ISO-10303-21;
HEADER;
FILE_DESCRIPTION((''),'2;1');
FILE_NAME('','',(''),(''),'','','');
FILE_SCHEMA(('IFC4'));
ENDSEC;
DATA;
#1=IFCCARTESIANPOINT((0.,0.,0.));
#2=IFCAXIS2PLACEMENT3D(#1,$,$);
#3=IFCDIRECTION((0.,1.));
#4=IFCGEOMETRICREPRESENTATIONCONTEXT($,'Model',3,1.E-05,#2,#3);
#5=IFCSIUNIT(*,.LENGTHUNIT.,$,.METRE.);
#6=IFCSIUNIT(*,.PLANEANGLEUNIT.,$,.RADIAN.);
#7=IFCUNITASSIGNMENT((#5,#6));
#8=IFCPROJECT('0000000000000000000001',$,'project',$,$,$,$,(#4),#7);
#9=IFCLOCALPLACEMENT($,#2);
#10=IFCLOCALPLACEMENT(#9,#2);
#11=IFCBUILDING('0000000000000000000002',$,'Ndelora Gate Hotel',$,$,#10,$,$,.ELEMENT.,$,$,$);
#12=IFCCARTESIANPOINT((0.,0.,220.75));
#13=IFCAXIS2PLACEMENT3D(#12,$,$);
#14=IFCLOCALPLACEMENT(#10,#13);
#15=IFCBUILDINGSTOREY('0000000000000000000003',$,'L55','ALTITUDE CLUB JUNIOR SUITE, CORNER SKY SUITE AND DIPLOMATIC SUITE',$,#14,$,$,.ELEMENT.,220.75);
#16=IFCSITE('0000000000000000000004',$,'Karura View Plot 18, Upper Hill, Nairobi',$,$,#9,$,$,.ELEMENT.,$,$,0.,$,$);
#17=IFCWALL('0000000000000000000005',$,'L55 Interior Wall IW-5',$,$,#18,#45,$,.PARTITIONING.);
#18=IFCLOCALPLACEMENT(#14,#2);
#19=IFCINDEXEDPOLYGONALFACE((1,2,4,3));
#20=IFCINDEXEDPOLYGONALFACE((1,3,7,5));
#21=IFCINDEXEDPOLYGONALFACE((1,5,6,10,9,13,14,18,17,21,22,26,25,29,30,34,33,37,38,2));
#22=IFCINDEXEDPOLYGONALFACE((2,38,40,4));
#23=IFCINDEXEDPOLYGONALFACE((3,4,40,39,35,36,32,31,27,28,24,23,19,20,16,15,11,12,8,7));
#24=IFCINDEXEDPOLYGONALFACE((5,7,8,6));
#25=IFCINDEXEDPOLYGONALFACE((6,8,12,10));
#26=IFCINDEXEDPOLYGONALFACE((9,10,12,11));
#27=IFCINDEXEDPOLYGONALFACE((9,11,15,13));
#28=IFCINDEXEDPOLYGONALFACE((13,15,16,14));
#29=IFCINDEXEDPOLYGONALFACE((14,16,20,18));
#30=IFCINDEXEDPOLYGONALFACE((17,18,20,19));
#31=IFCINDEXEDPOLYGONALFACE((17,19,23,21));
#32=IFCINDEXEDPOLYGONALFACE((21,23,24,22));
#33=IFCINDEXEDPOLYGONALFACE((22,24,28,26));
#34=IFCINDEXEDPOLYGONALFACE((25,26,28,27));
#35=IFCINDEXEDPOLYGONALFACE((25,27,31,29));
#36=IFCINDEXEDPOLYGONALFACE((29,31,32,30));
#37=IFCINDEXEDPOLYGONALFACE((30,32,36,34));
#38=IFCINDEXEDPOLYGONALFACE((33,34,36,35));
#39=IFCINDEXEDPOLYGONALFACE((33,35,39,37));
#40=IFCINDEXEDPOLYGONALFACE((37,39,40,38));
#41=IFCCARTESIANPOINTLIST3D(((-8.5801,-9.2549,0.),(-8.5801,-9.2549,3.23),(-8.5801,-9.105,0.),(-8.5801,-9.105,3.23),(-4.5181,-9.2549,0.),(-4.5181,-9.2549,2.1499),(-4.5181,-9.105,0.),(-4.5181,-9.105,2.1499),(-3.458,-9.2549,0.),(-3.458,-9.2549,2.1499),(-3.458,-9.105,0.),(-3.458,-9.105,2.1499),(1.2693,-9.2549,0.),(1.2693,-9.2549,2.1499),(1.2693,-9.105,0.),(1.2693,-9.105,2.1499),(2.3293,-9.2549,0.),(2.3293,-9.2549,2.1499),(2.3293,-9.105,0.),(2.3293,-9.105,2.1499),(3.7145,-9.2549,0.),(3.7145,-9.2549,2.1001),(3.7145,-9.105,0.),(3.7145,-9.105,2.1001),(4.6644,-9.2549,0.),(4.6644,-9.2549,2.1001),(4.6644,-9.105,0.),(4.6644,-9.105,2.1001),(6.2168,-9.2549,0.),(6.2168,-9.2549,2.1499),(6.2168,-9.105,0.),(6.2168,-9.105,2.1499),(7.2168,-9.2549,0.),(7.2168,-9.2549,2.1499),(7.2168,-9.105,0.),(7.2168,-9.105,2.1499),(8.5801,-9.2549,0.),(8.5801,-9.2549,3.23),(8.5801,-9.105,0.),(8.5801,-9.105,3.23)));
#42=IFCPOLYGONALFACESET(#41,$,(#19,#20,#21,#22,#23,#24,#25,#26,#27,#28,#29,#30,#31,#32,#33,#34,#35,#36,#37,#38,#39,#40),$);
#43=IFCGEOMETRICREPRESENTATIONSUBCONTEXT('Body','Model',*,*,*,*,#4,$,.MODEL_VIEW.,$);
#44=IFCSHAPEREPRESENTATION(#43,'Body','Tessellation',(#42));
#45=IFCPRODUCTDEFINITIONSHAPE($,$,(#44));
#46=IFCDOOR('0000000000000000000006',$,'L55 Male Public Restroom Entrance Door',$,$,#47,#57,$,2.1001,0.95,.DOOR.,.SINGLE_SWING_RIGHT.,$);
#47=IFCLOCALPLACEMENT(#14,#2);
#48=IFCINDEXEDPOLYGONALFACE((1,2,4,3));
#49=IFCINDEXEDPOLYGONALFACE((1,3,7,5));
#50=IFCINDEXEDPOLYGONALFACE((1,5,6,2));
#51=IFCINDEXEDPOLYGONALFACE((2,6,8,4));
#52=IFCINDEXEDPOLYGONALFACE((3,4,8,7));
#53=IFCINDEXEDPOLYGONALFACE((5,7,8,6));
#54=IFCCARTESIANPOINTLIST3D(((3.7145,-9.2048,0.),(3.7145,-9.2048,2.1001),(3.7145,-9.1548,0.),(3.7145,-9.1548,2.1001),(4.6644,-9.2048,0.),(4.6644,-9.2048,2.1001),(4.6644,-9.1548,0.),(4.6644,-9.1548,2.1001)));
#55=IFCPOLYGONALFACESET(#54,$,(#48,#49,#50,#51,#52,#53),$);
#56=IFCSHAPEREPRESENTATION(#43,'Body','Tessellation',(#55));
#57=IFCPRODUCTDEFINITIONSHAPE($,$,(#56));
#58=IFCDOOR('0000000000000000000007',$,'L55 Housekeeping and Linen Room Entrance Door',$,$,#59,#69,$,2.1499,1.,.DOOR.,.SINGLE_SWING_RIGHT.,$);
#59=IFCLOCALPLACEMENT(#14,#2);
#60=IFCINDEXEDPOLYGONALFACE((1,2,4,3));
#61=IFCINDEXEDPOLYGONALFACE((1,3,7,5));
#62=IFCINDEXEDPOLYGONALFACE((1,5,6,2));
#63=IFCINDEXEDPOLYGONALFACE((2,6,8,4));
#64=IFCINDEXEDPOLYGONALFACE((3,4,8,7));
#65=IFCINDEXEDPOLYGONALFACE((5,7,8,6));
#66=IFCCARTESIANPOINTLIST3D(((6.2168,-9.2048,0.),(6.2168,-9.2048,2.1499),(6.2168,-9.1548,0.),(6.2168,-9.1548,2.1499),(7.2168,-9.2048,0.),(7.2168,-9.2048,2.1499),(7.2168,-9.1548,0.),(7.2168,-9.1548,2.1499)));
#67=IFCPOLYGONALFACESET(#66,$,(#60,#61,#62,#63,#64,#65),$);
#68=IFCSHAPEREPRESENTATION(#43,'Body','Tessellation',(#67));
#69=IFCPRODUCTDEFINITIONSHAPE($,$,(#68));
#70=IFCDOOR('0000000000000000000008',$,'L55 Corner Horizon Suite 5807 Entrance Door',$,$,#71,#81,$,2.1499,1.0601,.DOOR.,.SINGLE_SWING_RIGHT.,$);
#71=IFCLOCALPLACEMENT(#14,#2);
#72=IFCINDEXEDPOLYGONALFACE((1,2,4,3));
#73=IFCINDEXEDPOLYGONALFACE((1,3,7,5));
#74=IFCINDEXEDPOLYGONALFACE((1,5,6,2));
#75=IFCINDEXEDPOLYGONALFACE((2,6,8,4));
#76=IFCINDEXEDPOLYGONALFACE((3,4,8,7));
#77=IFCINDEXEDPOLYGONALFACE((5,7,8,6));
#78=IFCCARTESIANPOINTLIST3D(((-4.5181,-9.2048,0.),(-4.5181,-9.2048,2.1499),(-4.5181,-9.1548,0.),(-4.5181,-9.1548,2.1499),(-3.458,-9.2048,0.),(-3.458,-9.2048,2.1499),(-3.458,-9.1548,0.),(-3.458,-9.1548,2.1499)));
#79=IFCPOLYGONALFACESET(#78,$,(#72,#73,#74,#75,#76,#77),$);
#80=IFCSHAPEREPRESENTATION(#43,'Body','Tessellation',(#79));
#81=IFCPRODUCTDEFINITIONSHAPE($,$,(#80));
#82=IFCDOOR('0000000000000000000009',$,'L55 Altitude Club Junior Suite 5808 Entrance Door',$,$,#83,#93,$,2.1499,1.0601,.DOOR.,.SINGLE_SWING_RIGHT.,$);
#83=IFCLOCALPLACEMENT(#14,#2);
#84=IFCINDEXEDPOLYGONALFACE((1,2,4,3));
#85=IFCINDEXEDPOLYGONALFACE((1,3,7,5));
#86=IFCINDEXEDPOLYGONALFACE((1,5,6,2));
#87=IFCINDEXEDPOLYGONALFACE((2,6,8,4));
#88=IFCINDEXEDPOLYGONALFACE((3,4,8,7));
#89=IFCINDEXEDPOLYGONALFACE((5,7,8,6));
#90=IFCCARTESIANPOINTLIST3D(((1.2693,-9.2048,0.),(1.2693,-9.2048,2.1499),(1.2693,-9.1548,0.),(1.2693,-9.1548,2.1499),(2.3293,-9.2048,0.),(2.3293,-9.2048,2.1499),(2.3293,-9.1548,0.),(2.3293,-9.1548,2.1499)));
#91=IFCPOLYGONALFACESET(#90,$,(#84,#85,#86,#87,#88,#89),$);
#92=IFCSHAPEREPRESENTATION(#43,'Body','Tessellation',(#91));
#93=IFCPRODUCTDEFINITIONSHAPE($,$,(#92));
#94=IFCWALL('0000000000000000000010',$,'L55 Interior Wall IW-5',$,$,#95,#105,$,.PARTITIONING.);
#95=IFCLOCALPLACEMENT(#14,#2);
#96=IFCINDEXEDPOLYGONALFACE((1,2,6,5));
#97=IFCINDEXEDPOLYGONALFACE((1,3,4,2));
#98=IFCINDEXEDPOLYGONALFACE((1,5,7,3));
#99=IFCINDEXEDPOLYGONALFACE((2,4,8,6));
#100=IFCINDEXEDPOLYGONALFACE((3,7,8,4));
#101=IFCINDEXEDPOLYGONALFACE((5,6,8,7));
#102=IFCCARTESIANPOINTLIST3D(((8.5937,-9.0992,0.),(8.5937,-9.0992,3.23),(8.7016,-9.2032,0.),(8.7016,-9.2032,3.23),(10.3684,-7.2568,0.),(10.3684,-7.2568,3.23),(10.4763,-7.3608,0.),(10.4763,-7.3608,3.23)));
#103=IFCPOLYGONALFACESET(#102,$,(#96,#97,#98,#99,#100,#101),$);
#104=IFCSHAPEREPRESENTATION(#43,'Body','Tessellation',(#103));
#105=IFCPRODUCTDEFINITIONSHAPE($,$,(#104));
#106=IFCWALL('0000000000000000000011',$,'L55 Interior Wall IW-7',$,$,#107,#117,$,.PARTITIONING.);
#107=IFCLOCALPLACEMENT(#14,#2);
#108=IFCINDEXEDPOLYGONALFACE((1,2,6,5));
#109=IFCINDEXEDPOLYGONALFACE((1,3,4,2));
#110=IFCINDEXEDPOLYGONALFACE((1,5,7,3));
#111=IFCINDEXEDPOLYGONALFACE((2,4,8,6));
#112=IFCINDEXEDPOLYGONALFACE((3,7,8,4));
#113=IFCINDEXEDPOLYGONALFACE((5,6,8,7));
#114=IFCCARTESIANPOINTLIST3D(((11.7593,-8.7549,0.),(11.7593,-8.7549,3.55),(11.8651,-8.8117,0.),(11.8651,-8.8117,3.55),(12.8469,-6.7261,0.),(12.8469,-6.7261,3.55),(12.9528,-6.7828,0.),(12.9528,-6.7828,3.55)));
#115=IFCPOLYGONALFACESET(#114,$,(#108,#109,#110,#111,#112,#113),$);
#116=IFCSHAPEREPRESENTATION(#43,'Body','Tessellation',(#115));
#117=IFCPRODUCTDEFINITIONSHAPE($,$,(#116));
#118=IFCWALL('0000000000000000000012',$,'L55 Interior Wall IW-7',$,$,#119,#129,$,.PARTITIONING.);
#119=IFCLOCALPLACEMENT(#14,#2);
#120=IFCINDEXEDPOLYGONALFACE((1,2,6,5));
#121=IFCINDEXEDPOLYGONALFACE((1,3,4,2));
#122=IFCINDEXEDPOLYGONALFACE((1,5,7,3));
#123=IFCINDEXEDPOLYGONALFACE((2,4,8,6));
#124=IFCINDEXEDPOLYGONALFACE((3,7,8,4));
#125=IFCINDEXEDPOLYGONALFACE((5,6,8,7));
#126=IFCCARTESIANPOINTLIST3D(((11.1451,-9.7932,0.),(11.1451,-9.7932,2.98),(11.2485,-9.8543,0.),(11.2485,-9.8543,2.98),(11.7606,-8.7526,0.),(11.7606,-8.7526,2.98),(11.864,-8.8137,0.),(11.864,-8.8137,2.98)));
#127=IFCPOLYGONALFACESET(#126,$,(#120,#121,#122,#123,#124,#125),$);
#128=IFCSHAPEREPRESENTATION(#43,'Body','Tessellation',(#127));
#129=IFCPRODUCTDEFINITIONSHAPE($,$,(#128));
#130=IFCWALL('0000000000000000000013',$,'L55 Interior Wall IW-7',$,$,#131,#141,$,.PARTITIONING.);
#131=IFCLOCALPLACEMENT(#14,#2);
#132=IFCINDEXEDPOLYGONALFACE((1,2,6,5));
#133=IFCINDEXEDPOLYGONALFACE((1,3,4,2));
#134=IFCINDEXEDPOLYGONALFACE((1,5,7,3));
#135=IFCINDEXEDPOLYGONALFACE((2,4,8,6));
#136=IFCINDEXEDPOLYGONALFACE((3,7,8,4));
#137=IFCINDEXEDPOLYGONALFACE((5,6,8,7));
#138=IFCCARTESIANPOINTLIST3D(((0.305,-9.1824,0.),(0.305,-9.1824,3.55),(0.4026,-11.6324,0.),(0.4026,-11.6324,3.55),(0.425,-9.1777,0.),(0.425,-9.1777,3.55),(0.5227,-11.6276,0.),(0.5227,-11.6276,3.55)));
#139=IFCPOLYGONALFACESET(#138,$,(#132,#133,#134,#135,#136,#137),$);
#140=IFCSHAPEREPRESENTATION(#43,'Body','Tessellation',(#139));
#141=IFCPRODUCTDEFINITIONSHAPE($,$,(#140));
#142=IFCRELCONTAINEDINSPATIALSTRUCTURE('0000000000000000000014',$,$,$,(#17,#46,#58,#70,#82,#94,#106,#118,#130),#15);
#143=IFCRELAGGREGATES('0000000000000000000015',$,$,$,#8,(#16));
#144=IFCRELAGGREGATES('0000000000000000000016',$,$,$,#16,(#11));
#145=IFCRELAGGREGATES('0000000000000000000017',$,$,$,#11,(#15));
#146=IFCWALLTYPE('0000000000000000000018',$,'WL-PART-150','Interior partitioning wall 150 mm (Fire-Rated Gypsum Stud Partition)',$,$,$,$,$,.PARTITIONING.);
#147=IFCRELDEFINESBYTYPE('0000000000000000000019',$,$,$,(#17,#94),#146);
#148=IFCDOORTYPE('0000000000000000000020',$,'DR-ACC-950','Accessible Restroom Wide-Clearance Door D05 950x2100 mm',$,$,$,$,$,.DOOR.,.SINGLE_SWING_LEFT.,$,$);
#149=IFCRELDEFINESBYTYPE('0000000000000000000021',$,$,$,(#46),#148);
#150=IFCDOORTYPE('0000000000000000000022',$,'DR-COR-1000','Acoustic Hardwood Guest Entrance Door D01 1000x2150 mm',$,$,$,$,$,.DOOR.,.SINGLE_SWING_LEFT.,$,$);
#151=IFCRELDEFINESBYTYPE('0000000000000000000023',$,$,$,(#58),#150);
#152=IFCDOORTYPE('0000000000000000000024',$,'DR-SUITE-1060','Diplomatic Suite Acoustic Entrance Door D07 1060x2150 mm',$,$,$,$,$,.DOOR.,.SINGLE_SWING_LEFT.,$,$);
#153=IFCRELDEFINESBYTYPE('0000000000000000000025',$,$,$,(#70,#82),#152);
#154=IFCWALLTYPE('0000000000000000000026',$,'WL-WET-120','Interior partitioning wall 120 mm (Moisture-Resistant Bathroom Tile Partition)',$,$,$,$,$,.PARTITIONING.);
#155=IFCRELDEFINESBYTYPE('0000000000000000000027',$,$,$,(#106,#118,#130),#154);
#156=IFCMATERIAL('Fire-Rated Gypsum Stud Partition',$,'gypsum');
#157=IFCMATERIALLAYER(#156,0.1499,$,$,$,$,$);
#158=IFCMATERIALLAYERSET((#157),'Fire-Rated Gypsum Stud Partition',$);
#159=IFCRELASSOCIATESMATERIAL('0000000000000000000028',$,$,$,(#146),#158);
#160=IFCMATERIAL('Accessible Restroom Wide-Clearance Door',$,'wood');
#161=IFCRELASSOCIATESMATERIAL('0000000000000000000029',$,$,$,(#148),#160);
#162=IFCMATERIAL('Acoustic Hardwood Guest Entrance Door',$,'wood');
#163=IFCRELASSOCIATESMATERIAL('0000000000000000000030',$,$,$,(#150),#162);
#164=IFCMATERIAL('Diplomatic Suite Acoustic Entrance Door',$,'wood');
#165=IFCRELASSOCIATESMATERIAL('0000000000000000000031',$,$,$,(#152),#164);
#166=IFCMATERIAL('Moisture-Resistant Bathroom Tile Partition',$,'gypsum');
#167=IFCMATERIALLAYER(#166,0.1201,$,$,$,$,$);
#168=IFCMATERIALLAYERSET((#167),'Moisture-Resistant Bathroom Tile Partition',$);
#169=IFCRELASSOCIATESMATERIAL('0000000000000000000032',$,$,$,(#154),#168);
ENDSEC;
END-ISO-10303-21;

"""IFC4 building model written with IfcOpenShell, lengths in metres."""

from ifc_helpers import new_model, si_unit, direction, frame, frame_2d, origin, place, context, subcontext, project, spatial, rectangle, extrude, material, layer, layer_set, type_object, element, fill, save


model = new_model("IFC4")

# Units and contexts
model_context = context("Model", 3, precision=1e-05, world=origin(), true_north=direction((0.0, 1.0)))
body_context = subcontext(model_context, "Body", "Model", "MODEL_VIEW")
ifc_project = project(units=[si_unit("LENGTHUNIT", "METRE"), si_unit("PLANEANGLEUNIT", "RADIAN")], contexts=[model_context])

# Site, building, storey
site_placement = place(None, origin())
site = spatial("IfcSite", under=ifc_project, at=site_placement, Name="Karura View Plot 18, Upper Hill, Nairobi", CompositionType="ELEMENT", RefElevation=0.0)
building_placement = place(site_placement, origin())
building = spatial("IfcBuilding", under=site, at=building_placement, Name="Ndelora Gate Hotel", CompositionType="ELEMENT")
storey_placement = place(building_placement, frame((0.0, 0.0, 220.75)))
storey = spatial("IfcBuildingStorey", under=building, at=storey_placement, Name="L55", Description="ALTITUDE CLUB JUNIOR SUITE, CORNER SKY SUITE AND DIPLOMATIC SUITE", CompositionType="ELEMENT", Elevation=220.75)

# Wall, openings, doors
ifc_material_1 = material(Name="Fire-Rated Gypsum Stud Partition", Category="gypsum")
ifc_layer_1 = layer(ifc_material_1, 0.1499)
ifc_layer_set_1 = layer_set([ifc_layer_1], Name="Fire-Rated Gypsum Stud Partition")
wall_type_1 = type_object("IfcWallType", Name="WL-PART-150", Description="Interior partitioning wall 150 mm (Fire-Rated Gypsum Stud Partition)", PredefinedType="PARTITIONING", material=ifc_layer_set_1)
wall_1_placement = place(storey_placement, frame((8.5801, -9.1799, 0.0), z_axis=(0.0, 0.0, 1.0), x_axis=(-1.0, 0.0, 0.0)))
wall_1 = element("IfcWall", 1, at=wall_1_placement, inside=storey, type_object=wall_type_1, Name="L55 Interior Wall IW-5", PredefinedType="PARTITIONING", context=body_context, shape_type="SweptSolid", body=[
    extrude(rectangle(XDim=17.1602, YDim=0.1499, at=frame_2d((8.5801, 0.0))), origin(), (0.0, 0.0, 1.0), 3.23),
])
opening_1_placement = place(wall_1_placement, frame((3.9155, 0.0, 0.0)))
opening_1 = element("IfcOpeningElement", 2, at=opening_1_placement, cuts=wall_1, PredefinedType="OPENING", context=body_context, shape_type="SweptSolid", body=[
    extrude(rectangle(XDim=0.95, YDim=2.1001, at=frame_2d((0.4751, 1.05))), frame((0.0, 0.085, 0.0), z_axis=(0.0, -1.0, 0.0), x_axis=(1.0, 0.0, 0.0)), (0.0, 0.0, 1.0), 0.1699),
])
opening_2_placement = place(wall_1_placement, frame((1.3633, 0.0, 0.0)))
opening_2 = element("IfcOpeningElement", 3, at=opening_2_placement, cuts=wall_1, PredefinedType="OPENING", context=body_context, shape_type="SweptSolid", body=[
    extrude(rectangle(XDim=1.0, YDim=2.1499, at=frame_2d((0.5, 1.075))), frame((0.0, 0.085, 0.0), z_axis=(0.0, -1.0, 0.0), x_axis=(1.0, 0.0, 0.0)), (0.0, 0.0, 1.0), 0.1699),
])
opening_3_placement = place(wall_1_placement, frame((12.0381, 0.0, 0.0)))
opening_3 = element("IfcOpeningElement", 4, at=opening_3_placement, cuts=wall_1, PredefinedType="OPENING", context=body_context, shape_type="SweptSolid", body=[
    extrude(rectangle(XDim=1.0601, YDim=2.1499, at=frame_2d((0.53, 1.075))), frame((0.0, 0.085, 0.0), z_axis=(0.0, -1.0, 0.0), x_axis=(1.0, 0.0, 0.0)), (0.0, 0.0, 1.0), 0.1699),
])
opening_4_placement = place(wall_1_placement, frame((6.2507, 0.0, 0.0)))
opening_4 = element("IfcOpeningElement", 5, at=opening_4_placement, cuts=wall_1, PredefinedType="OPENING", context=body_context, shape_type="SweptSolid", body=[
    extrude(rectangle(XDim=1.0601, YDim=2.1499, at=frame_2d((0.53, 1.075))), frame((0.0, 0.085, 0.0), z_axis=(0.0, -1.0, 0.0), x_axis=(1.0, 0.0, 0.0)), (0.0, 0.0, 1.0), 0.1699),
])
ifc_material_2 = material(Name="Accessible Restroom Wide-Clearance Door", Category="wood")
door_type_1 = type_object("IfcDoorType", Name="DR-ACC-950", Description="Accessible Restroom Wide-Clearance Door D05 950x2100 mm", OperationType="SINGLE_SWING_LEFT", PredefinedType="DOOR", material=ifc_material_2)
door_1_placement = place(opening_1_placement, origin())
door_1 = element("IfcDoor", 6, at=door_1_placement, inside=storey, type_object=door_type_1, Name="L55 Male Public Restroom Entrance Door", OperationType="SINGLE_SWING_RIGHT", OverallHeight=2.1001, OverallWidth=0.95, PredefinedType="DOOR", context=body_context, shape_type="SweptSolid", body=[
    extrude(rectangle(XDim=0.95, YDim=2.1001, at=frame_2d((0.4751, 1.05))), frame((0.0, 0.0249, 0.0), z_axis=(0.0, -1.0, 0.0), x_axis=(1.0, 0.0, 0.0)), (0.0, 0.0, 1.0), 0.05),
])
fill(opening_1, door_1)
ifc_material_3 = material(Name="Acoustic Hardwood Guest Entrance Door", Category="wood")
door_type_2 = type_object("IfcDoorType", Name="DR-COR-1000", Description="Acoustic Hardwood Guest Entrance Door D01 1000x2150 mm", OperationType="SINGLE_SWING_LEFT", PredefinedType="DOOR", material=ifc_material_3)
door_2_placement = place(opening_2_placement, origin())
door_2 = element("IfcDoor", 7, at=door_2_placement, inside=storey, type_object=door_type_2, Name="L55 Housekeeping and Linen Room Entrance Door", OperationType="SINGLE_SWING_RIGHT", OverallHeight=2.1499, OverallWidth=1.0, PredefinedType="DOOR", context=body_context, shape_type="SweptSolid", body=[
    extrude(rectangle(XDim=1.0, YDim=2.1499, at=frame_2d((0.5, 1.075))), frame((0.0, 0.0249, 0.0), z_axis=(0.0, -1.0, 0.0), x_axis=(1.0, 0.0, 0.0)), (0.0, 0.0, 1.0), 0.05),
])
fill(opening_2, door_2)
ifc_material_4 = material(Name="Diplomatic Suite Acoustic Entrance Door", Category="wood")
door_type_3 = type_object("IfcDoorType", Name="DR-SUITE-1060", Description="Diplomatic Suite Acoustic Entrance Door D07 1060x2150 mm", OperationType="SINGLE_SWING_LEFT", PredefinedType="DOOR", material=ifc_material_4)
door_3_placement = place(opening_3_placement, origin())
door_3 = element("IfcDoor", 8, at=door_3_placement, inside=storey, type_object=door_type_3, Name="L55 Corner Horizon Suite 5807 Entrance Door", OperationType="SINGLE_SWING_RIGHT", OverallHeight=2.1499, OverallWidth=1.0601, PredefinedType="DOOR", context=body_context, shape_type="SweptSolid", body=[
    extrude(rectangle(XDim=1.0601, YDim=2.1499, at=frame_2d((0.53, 1.075))), frame((0.0, 0.0249, 0.0), z_axis=(0.0, -1.0, 0.0), x_axis=(1.0, 0.0, 0.0)), (0.0, 0.0, 1.0), 0.05),
])
fill(opening_3, door_3)
door_4_placement = place(opening_4_placement, origin())
door_4 = element("IfcDoor", 9, at=door_4_placement, inside=storey, type_object=door_type_3, Name="L55 Altitude Club Junior Suite 5808 Entrance Door", OperationType="SINGLE_SWING_RIGHT", OverallHeight=2.1499, OverallWidth=1.0601, PredefinedType="DOOR", context=body_context, shape_type="SweptSolid", body=[
    extrude(rectangle(XDim=1.0601, YDim=2.1499, at=frame_2d((0.53, 1.075))), frame((0.0, 0.0249, 0.0), z_axis=(0.0, -1.0, 0.0), x_axis=(1.0, 0.0, 0.0)), (0.0, 0.0, 1.0), 0.05),
])
fill(opening_4, door_4)

# Walls
wall_2_placement = place(storey_placement, frame((10.4224, -7.3088, 0.0), z_axis=(0.0, 0.0, 1.0), x_axis=(-0.693765, -0.720202, 0.0)))
element("IfcWall", 10, at=wall_2_placement, inside=storey, type_object=wall_type_1, Name="L55 Interior Wall IW-5", PredefinedType="PARTITIONING", context=body_context, shape_type="SweptSolid", body=[
    extrude(rectangle(XDim=2.5581, YDim=0.1499, at=frame_2d((1.2791, 0.0))), origin(), (0.0, 0.0, 1.0), 3.23),
])
ifc_material_5 = material(Name="Moisture-Resistant Bathroom Tile Partition", Category="gypsum")
ifc_layer_2 = layer(ifc_material_5, 0.1201)
ifc_layer_set_2 = layer_set([ifc_layer_2], Name="Moisture-Resistant Bathroom Tile Partition")
wall_type_2 = type_object("IfcWallType", Name="WL-WET-120", Description="Interior partitioning wall 120 mm (Moisture-Resistant Bathroom Tile Partition)", PredefinedType="PARTITIONING", material=ifc_layer_set_2)
wall_3_placement = place(storey_placement, frame((11.8123, -8.7832, 0.0), z_axis=(0.0, 0.0, 1.0), x_axis=(0.472486, 0.881338, 0.0)))
element("IfcWall", 11, at=wall_3_placement, inside=storey, type_object=wall_type_2, Name="L55 Interior Wall IW-7", PredefinedType="PARTITIONING", context=body_context, shape_type="SweptSolid", body=[
    extrude(rectangle(XDim=2.302, YDim=0.1201, at=frame_2d((1.1509, 0.0))), origin(), (0.0, 0.0, 1.0), 3.55),
])
wall_4_placement = place(storey_placement, frame((11.1968, -9.8237, 0.0), z_axis=(0.0, 0.0, 1.0), x_axis=(0.50911, 0.860701, 0.0)))
element("IfcWall", 12, at=wall_4_placement, inside=storey, type_object=wall_type_2, Name="L55 Interior Wall IW-7", PredefinedType="PARTITIONING", context=body_context, shape_type="SweptSolid", body=[
    extrude(rectangle(XDim=1.209, YDim=0.1201, at=frame_2d((0.6045, 0.0))), origin(), (0.0, 0.0, 1.0), 2.98),
])
wall_5_placement = place(storey_placement, frame((0.365, -9.1799, 0.0), z_axis=(0.0, 0.0, 1.0), x_axis=(0.039829, -0.999207, 0.0)))
element("IfcWall", 13, at=wall_5_placement, inside=storey, type_object=wall_type_2, Name="L55 Interior Wall IW-7", PredefinedType="PARTITIONING", context=body_context, shape_type="SweptSolid", body=[
    extrude(rectangle(XDim=2.4519, YDim=0.1201, at=frame_2d((1.2261, 0.0))), origin(), (0.0, 0.0, 1.0), 3.55),
])

save(model, "model.ifc")
